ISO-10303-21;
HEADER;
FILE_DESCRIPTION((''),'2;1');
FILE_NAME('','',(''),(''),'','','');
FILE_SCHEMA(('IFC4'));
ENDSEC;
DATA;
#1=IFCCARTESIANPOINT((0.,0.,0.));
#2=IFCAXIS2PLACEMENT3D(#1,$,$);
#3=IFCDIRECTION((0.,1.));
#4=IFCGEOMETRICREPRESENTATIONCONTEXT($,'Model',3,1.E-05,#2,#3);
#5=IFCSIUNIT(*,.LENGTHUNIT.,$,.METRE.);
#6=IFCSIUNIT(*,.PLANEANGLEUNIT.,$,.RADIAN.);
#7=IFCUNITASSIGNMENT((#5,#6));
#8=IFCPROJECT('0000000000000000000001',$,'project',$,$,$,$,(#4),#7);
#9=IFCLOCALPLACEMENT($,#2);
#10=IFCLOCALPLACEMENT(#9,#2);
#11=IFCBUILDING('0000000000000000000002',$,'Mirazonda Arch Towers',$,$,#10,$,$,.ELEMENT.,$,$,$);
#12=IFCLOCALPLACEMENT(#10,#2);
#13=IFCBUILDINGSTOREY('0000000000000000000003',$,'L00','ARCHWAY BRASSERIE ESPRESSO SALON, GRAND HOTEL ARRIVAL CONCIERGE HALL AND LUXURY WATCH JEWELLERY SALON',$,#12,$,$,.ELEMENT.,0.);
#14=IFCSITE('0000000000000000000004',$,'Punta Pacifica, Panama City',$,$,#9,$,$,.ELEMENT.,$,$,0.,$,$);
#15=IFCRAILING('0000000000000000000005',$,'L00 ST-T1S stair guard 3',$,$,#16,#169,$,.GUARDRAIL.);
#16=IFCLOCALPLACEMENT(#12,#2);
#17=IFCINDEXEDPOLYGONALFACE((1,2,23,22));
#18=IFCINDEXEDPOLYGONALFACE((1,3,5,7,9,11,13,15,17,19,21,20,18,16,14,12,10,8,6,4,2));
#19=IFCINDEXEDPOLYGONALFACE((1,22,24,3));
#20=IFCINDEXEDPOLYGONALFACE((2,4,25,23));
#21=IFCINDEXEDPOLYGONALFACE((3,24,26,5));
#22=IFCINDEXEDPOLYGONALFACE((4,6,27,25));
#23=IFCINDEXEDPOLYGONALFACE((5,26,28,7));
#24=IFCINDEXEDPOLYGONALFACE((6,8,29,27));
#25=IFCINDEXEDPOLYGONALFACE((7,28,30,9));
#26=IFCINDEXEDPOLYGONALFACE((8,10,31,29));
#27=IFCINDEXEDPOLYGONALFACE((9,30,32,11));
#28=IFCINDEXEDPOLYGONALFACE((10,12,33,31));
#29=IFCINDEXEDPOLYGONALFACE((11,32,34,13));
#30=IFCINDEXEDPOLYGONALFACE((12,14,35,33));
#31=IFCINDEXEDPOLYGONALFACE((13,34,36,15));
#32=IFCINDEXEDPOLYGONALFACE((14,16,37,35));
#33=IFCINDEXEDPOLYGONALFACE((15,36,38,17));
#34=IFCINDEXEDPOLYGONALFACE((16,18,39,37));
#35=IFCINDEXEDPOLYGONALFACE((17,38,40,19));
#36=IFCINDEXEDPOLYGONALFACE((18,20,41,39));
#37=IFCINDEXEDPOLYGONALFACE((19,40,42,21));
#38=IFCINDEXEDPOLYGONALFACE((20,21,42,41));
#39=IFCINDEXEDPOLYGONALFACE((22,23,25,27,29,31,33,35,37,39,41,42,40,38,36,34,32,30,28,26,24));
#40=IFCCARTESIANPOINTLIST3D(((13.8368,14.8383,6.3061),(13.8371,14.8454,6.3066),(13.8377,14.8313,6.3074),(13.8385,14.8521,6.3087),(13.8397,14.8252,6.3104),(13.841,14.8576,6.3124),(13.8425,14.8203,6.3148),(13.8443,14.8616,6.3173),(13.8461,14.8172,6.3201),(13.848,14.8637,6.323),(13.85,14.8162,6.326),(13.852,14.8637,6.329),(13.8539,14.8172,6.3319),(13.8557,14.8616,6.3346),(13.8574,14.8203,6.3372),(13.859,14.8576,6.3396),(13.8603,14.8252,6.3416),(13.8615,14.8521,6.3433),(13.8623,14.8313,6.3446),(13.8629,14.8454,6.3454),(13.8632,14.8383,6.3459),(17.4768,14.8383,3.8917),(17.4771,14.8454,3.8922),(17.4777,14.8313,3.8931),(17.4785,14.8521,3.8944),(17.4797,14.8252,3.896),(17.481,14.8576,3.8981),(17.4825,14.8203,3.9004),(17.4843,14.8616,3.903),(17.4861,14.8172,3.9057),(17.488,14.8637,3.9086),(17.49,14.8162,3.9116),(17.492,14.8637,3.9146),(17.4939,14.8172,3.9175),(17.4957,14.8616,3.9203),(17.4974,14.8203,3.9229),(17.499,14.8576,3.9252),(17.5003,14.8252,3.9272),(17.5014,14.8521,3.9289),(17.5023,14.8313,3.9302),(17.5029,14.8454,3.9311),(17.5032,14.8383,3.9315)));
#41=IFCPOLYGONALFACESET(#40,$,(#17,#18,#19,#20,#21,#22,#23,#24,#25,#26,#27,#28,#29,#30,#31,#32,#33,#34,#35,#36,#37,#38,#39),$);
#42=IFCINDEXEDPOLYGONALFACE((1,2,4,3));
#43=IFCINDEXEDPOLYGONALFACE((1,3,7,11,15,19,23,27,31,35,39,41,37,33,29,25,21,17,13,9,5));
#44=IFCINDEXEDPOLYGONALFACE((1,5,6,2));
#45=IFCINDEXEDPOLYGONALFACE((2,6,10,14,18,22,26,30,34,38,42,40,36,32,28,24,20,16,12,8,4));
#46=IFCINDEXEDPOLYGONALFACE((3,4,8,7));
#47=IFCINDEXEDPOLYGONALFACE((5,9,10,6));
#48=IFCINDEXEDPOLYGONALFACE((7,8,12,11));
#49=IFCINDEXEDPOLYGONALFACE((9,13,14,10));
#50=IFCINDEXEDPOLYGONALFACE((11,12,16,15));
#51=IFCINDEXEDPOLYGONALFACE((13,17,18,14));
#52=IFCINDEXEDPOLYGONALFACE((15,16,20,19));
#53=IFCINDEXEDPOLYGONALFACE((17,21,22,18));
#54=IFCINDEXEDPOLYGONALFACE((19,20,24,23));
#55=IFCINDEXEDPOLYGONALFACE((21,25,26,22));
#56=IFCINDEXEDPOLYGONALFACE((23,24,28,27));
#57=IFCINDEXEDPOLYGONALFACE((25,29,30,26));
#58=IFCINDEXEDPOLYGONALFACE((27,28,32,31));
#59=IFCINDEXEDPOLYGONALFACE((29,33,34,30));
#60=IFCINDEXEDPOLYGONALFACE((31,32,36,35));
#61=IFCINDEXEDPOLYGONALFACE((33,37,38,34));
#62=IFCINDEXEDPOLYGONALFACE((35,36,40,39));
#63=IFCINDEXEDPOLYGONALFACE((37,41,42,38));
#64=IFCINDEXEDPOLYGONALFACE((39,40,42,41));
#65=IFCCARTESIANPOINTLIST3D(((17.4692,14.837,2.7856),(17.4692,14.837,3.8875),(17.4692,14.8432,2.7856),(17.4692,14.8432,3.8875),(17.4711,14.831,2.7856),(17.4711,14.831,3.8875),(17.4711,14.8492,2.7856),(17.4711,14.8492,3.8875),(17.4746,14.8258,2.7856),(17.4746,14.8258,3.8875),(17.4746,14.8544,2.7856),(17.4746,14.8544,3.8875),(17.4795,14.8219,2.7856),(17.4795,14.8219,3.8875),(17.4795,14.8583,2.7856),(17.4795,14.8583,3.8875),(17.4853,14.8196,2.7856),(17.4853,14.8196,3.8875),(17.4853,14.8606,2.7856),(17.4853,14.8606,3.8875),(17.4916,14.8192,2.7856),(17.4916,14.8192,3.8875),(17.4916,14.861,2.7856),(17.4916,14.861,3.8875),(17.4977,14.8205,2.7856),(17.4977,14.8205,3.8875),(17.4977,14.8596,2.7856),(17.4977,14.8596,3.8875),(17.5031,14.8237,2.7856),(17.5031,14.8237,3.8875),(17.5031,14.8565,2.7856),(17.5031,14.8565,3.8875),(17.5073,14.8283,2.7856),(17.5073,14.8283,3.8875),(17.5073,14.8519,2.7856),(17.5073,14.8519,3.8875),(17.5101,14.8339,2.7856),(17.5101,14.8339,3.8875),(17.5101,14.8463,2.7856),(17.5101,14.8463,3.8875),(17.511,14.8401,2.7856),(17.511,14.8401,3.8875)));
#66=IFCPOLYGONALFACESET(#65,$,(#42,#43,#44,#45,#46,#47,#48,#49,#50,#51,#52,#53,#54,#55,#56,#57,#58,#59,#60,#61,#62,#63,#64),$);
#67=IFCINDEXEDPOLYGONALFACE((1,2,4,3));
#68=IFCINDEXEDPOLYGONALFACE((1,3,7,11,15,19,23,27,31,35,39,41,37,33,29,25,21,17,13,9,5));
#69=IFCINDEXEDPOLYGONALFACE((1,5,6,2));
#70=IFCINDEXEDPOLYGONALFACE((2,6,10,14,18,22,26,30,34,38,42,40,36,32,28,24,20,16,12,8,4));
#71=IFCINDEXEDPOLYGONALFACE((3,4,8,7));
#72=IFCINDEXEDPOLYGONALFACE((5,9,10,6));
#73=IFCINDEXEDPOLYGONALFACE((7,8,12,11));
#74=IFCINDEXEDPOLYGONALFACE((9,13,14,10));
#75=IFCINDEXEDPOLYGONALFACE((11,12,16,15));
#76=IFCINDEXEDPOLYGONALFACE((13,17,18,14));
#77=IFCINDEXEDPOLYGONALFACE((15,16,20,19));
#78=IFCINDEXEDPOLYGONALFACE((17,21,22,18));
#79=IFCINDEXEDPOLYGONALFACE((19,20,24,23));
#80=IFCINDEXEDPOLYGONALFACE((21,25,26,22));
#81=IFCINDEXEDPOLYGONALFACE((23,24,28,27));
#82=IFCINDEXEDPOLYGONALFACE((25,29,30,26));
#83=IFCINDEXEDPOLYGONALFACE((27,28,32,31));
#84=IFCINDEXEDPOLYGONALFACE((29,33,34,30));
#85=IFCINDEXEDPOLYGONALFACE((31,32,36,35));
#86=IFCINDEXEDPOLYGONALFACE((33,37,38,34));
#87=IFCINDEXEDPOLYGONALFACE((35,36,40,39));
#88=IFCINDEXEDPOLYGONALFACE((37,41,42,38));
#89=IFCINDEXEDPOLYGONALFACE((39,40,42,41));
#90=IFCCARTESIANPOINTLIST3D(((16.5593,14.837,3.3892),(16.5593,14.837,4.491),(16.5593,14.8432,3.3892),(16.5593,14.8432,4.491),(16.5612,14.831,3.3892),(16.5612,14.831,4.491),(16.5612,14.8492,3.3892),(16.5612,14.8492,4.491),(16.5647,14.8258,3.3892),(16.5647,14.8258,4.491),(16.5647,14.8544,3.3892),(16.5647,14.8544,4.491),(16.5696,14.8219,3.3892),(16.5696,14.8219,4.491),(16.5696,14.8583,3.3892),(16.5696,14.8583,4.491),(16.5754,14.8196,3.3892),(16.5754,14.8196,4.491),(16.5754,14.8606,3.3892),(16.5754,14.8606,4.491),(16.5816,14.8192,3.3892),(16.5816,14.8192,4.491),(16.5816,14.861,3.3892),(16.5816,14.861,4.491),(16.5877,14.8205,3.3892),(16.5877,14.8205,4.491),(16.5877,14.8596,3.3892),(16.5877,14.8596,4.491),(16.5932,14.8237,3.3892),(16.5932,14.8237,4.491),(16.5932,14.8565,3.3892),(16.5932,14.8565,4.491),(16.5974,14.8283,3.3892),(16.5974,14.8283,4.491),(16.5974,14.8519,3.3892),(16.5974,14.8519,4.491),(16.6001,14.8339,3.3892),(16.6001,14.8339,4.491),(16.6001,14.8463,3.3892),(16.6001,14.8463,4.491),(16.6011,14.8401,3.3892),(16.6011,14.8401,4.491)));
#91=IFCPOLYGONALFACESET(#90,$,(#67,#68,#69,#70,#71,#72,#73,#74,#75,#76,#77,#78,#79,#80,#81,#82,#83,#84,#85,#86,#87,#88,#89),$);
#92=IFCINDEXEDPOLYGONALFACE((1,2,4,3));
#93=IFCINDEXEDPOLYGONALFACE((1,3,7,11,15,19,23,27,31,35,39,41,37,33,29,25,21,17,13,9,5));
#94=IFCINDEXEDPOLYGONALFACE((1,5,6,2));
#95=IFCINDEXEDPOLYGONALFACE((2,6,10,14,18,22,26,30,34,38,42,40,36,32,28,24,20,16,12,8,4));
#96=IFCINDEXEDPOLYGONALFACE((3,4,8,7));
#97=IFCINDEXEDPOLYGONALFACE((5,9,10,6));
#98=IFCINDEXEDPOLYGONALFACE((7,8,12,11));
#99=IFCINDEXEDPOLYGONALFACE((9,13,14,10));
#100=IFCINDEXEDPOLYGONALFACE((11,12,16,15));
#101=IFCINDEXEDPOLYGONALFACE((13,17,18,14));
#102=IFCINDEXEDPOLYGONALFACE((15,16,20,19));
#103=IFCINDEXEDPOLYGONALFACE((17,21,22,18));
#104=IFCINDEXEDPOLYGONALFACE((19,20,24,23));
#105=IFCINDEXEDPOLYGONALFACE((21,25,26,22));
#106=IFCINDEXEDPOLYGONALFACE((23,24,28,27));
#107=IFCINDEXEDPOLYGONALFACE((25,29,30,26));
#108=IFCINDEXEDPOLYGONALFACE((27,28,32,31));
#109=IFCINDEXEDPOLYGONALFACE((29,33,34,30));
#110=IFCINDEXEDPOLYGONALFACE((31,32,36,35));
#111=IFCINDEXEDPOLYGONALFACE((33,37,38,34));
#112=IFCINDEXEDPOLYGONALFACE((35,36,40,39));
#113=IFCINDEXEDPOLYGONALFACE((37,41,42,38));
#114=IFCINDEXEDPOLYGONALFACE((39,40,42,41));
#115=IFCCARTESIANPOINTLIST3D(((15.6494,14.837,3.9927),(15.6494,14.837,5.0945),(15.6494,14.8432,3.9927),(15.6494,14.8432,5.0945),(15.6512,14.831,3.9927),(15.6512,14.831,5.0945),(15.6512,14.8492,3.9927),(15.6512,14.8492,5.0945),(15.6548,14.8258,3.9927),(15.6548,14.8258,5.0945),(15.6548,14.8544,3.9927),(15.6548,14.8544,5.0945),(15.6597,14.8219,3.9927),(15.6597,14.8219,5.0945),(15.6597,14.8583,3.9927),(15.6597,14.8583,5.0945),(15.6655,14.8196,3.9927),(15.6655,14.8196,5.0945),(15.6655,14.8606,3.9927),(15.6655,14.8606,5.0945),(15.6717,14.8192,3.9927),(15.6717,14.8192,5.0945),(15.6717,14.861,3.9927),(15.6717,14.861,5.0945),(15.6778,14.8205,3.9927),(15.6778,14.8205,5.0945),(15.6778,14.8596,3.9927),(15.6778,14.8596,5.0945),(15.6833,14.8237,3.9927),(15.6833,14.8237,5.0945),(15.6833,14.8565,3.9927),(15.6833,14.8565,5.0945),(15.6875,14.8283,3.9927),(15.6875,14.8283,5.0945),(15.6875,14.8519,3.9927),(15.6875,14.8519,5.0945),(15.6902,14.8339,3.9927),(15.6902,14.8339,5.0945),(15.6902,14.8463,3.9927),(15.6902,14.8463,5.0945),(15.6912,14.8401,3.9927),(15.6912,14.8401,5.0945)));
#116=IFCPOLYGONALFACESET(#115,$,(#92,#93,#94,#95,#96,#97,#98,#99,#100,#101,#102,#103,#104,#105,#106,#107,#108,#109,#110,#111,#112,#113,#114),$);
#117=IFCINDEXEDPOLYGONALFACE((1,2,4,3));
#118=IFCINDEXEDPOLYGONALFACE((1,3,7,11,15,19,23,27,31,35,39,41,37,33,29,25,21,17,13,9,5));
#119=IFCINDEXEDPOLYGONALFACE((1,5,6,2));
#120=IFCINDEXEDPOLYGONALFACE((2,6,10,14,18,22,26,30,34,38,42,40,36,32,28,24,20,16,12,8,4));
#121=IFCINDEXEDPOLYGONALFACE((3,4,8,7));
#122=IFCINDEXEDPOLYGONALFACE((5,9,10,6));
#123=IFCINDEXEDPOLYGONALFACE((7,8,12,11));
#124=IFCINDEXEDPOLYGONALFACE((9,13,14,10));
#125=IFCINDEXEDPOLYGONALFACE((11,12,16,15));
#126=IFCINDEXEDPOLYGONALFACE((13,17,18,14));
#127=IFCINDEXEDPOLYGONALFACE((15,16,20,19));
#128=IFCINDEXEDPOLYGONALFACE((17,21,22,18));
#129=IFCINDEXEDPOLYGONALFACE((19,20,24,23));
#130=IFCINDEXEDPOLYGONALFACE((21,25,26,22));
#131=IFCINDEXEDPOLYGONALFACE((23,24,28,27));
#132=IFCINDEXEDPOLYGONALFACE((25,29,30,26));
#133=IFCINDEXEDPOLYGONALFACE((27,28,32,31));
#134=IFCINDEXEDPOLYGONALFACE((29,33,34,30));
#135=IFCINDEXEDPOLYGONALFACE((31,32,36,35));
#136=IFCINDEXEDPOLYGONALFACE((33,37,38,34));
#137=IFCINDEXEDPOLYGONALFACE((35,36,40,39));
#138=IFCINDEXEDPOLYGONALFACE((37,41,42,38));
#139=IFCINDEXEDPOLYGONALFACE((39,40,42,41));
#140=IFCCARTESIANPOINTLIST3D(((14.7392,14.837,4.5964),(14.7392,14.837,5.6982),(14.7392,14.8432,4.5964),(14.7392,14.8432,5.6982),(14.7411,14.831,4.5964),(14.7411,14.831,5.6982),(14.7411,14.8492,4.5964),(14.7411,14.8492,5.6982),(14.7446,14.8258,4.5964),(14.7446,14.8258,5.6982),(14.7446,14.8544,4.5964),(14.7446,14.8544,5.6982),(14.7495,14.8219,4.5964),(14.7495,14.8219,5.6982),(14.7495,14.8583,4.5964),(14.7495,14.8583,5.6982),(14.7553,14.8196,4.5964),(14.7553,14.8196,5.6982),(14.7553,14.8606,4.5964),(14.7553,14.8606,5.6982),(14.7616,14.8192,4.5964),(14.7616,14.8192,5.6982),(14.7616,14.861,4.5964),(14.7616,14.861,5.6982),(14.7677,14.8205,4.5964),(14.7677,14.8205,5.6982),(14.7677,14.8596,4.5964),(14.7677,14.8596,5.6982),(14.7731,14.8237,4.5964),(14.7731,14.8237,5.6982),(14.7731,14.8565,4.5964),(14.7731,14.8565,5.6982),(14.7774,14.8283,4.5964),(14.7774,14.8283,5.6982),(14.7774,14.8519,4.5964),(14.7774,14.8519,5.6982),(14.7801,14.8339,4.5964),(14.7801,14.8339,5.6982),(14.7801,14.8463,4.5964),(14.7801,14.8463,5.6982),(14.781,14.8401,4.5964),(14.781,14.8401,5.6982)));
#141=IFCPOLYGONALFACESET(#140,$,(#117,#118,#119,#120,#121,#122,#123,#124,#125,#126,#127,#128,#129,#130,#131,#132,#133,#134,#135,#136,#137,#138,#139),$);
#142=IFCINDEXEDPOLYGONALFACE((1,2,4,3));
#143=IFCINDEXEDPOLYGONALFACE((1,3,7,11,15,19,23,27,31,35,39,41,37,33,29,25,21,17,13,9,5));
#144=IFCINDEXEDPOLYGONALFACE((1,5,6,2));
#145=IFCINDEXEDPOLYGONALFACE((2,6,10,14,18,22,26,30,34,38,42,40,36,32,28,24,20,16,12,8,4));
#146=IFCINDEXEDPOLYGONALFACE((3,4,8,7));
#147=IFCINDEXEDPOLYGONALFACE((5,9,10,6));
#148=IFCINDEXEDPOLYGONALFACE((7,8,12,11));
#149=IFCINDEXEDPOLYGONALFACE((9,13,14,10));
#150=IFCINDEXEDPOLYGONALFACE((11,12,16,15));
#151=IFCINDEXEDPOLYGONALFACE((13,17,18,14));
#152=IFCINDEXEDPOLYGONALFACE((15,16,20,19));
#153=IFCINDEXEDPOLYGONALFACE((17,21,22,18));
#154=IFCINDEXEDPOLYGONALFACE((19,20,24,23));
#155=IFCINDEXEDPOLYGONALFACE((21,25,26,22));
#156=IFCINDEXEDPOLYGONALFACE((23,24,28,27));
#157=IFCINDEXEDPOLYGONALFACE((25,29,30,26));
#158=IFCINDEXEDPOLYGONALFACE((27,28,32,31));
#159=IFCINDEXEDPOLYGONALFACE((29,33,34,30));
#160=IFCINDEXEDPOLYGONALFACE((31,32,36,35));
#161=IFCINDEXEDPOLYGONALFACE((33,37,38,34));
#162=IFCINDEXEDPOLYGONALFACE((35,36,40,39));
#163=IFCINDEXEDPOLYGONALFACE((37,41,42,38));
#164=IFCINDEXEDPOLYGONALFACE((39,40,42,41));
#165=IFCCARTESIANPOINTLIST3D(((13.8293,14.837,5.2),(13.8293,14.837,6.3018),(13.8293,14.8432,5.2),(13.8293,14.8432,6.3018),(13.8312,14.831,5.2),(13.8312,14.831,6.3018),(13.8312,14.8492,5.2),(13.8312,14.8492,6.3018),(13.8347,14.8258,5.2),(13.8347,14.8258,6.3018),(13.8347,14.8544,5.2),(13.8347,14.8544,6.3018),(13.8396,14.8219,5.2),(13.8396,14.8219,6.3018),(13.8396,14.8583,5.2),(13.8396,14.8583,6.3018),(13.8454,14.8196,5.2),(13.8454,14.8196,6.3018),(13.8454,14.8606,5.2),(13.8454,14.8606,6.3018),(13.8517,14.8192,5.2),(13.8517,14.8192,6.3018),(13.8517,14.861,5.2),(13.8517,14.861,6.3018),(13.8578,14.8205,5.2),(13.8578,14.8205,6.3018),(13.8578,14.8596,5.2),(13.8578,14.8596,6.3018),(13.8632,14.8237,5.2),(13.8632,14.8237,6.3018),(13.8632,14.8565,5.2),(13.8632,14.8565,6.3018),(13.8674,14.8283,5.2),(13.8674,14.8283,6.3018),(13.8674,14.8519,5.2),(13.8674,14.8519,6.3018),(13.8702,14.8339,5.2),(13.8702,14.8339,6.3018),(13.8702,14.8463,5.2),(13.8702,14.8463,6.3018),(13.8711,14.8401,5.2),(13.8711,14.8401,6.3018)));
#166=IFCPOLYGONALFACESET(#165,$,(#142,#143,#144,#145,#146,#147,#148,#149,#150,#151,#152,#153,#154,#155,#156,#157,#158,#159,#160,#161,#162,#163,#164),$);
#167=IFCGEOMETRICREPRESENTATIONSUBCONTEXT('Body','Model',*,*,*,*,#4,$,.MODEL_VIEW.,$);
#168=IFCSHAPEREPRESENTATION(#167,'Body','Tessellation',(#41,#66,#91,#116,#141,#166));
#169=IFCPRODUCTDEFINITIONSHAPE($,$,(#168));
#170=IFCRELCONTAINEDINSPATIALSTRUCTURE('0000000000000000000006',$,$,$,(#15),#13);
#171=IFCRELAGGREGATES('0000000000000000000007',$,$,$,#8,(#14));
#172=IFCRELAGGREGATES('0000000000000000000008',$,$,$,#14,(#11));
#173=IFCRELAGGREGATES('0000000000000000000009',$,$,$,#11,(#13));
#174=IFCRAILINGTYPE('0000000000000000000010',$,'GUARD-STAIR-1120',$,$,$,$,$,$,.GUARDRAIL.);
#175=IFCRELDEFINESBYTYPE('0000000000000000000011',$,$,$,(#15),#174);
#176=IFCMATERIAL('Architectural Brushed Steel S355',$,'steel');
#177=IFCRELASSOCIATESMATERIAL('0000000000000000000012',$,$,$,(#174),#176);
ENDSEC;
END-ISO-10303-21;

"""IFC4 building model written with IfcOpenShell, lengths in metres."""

from ifc_helpers import new_model, si_unit, direction, frame, origin, origin_2d, place, context, subcontext, project, spatial, circle, extrude, material, type_object, element, save


model = new_model("IFC4")

# Units and contexts
model_context = context("Model", 3, precision=1e-05, world=origin(), true_north=direction((0.0, 1.0)))
body_context = subcontext(model_context, "Body", "Model", "MODEL_VIEW")
ifc_project = project(units=[si_unit("LENGTHUNIT", "METRE"), si_unit("PLANEANGLEUNIT", "RADIAN")], contexts=[model_context])

# Site, building, storey
site_placement = place(None, origin())
site = spatial("IfcSite", under=ifc_project, at=site_placement, Name="Punta Pacifica, Panama City", CompositionType="ELEMENT", RefElevation=0.0)
building_placement = place(site_placement, origin())
building = spatial("IfcBuilding", under=site, at=building_placement, Name="Mirazonda Arch Towers", CompositionType="ELEMENT")
storey_placement = place(building_placement, origin())
storey = spatial("IfcBuildingStorey", under=building, at=storey_placement, Name="L00", Description="ARCHWAY BRASSERIE ESPRESSO SALON, GRAND HOTEL ARRIVAL CONCIERGE HALL AND LUXURY WATCH JEWELLERY SALON", CompositionType="ELEMENT", Elevation=0.0)

# Railing
ifc_material_1 = material(Name="Architectural Brushed Steel S355", Category="steel")
railing_type_1 = type_object("IfcRailingType", Name="GUARD-STAIR-1120", PredefinedType="GUARDRAIL", material=ifc_material_1)
railing_1_placement = place(storey_placement, frame((17.49, 14.8401, 2.7856)))
element("IfcRailing", 1, at=railing_1_placement, inside=storey, type_object=railing_type_1, Name="L00 ST-T1S stair guard 3", PredefinedType="GUARDRAIL", context=body_context, shape_type="SweptSolid", body=[
    extrude(circle(Radius=0.0239, at=origin_2d()), frame((0.0, 0.0, 1.126), z_axis=(-0.833347, 0.0, 0.552751), x_axis=(0.0, -1.0, 0.0)), (0.0, 0.0, 1.0), 4.3679),
    extrude(circle(Radius=0.021, at=origin_2d()), origin(), (0.0, 0.0, 1.0), 1.1018),
    extrude(circle(Radius=0.021, at=origin_2d()), frame((-0.9099, 0.0, 0.6035)), (0.0, 0.0, 1.0), 1.1018),
    extrude(circle(Radius=0.021, at=origin_2d()), frame((-1.8198, 0.0, 1.207)), (0.0, 0.0, 1.0), 1.1018),
    extrude(circle(Radius=0.021, at=origin_2d()), frame((-2.73, 0.0, 1.8108)), (0.0, 0.0, 1.0), 1.1018),
    extrude(circle(Radius=0.021, at=origin_2d()), frame((-3.6399, 0.0, 2.4143)), (0.0, 0.0, 1.0), 1.1018),
])

save(model, "model.ifc")
